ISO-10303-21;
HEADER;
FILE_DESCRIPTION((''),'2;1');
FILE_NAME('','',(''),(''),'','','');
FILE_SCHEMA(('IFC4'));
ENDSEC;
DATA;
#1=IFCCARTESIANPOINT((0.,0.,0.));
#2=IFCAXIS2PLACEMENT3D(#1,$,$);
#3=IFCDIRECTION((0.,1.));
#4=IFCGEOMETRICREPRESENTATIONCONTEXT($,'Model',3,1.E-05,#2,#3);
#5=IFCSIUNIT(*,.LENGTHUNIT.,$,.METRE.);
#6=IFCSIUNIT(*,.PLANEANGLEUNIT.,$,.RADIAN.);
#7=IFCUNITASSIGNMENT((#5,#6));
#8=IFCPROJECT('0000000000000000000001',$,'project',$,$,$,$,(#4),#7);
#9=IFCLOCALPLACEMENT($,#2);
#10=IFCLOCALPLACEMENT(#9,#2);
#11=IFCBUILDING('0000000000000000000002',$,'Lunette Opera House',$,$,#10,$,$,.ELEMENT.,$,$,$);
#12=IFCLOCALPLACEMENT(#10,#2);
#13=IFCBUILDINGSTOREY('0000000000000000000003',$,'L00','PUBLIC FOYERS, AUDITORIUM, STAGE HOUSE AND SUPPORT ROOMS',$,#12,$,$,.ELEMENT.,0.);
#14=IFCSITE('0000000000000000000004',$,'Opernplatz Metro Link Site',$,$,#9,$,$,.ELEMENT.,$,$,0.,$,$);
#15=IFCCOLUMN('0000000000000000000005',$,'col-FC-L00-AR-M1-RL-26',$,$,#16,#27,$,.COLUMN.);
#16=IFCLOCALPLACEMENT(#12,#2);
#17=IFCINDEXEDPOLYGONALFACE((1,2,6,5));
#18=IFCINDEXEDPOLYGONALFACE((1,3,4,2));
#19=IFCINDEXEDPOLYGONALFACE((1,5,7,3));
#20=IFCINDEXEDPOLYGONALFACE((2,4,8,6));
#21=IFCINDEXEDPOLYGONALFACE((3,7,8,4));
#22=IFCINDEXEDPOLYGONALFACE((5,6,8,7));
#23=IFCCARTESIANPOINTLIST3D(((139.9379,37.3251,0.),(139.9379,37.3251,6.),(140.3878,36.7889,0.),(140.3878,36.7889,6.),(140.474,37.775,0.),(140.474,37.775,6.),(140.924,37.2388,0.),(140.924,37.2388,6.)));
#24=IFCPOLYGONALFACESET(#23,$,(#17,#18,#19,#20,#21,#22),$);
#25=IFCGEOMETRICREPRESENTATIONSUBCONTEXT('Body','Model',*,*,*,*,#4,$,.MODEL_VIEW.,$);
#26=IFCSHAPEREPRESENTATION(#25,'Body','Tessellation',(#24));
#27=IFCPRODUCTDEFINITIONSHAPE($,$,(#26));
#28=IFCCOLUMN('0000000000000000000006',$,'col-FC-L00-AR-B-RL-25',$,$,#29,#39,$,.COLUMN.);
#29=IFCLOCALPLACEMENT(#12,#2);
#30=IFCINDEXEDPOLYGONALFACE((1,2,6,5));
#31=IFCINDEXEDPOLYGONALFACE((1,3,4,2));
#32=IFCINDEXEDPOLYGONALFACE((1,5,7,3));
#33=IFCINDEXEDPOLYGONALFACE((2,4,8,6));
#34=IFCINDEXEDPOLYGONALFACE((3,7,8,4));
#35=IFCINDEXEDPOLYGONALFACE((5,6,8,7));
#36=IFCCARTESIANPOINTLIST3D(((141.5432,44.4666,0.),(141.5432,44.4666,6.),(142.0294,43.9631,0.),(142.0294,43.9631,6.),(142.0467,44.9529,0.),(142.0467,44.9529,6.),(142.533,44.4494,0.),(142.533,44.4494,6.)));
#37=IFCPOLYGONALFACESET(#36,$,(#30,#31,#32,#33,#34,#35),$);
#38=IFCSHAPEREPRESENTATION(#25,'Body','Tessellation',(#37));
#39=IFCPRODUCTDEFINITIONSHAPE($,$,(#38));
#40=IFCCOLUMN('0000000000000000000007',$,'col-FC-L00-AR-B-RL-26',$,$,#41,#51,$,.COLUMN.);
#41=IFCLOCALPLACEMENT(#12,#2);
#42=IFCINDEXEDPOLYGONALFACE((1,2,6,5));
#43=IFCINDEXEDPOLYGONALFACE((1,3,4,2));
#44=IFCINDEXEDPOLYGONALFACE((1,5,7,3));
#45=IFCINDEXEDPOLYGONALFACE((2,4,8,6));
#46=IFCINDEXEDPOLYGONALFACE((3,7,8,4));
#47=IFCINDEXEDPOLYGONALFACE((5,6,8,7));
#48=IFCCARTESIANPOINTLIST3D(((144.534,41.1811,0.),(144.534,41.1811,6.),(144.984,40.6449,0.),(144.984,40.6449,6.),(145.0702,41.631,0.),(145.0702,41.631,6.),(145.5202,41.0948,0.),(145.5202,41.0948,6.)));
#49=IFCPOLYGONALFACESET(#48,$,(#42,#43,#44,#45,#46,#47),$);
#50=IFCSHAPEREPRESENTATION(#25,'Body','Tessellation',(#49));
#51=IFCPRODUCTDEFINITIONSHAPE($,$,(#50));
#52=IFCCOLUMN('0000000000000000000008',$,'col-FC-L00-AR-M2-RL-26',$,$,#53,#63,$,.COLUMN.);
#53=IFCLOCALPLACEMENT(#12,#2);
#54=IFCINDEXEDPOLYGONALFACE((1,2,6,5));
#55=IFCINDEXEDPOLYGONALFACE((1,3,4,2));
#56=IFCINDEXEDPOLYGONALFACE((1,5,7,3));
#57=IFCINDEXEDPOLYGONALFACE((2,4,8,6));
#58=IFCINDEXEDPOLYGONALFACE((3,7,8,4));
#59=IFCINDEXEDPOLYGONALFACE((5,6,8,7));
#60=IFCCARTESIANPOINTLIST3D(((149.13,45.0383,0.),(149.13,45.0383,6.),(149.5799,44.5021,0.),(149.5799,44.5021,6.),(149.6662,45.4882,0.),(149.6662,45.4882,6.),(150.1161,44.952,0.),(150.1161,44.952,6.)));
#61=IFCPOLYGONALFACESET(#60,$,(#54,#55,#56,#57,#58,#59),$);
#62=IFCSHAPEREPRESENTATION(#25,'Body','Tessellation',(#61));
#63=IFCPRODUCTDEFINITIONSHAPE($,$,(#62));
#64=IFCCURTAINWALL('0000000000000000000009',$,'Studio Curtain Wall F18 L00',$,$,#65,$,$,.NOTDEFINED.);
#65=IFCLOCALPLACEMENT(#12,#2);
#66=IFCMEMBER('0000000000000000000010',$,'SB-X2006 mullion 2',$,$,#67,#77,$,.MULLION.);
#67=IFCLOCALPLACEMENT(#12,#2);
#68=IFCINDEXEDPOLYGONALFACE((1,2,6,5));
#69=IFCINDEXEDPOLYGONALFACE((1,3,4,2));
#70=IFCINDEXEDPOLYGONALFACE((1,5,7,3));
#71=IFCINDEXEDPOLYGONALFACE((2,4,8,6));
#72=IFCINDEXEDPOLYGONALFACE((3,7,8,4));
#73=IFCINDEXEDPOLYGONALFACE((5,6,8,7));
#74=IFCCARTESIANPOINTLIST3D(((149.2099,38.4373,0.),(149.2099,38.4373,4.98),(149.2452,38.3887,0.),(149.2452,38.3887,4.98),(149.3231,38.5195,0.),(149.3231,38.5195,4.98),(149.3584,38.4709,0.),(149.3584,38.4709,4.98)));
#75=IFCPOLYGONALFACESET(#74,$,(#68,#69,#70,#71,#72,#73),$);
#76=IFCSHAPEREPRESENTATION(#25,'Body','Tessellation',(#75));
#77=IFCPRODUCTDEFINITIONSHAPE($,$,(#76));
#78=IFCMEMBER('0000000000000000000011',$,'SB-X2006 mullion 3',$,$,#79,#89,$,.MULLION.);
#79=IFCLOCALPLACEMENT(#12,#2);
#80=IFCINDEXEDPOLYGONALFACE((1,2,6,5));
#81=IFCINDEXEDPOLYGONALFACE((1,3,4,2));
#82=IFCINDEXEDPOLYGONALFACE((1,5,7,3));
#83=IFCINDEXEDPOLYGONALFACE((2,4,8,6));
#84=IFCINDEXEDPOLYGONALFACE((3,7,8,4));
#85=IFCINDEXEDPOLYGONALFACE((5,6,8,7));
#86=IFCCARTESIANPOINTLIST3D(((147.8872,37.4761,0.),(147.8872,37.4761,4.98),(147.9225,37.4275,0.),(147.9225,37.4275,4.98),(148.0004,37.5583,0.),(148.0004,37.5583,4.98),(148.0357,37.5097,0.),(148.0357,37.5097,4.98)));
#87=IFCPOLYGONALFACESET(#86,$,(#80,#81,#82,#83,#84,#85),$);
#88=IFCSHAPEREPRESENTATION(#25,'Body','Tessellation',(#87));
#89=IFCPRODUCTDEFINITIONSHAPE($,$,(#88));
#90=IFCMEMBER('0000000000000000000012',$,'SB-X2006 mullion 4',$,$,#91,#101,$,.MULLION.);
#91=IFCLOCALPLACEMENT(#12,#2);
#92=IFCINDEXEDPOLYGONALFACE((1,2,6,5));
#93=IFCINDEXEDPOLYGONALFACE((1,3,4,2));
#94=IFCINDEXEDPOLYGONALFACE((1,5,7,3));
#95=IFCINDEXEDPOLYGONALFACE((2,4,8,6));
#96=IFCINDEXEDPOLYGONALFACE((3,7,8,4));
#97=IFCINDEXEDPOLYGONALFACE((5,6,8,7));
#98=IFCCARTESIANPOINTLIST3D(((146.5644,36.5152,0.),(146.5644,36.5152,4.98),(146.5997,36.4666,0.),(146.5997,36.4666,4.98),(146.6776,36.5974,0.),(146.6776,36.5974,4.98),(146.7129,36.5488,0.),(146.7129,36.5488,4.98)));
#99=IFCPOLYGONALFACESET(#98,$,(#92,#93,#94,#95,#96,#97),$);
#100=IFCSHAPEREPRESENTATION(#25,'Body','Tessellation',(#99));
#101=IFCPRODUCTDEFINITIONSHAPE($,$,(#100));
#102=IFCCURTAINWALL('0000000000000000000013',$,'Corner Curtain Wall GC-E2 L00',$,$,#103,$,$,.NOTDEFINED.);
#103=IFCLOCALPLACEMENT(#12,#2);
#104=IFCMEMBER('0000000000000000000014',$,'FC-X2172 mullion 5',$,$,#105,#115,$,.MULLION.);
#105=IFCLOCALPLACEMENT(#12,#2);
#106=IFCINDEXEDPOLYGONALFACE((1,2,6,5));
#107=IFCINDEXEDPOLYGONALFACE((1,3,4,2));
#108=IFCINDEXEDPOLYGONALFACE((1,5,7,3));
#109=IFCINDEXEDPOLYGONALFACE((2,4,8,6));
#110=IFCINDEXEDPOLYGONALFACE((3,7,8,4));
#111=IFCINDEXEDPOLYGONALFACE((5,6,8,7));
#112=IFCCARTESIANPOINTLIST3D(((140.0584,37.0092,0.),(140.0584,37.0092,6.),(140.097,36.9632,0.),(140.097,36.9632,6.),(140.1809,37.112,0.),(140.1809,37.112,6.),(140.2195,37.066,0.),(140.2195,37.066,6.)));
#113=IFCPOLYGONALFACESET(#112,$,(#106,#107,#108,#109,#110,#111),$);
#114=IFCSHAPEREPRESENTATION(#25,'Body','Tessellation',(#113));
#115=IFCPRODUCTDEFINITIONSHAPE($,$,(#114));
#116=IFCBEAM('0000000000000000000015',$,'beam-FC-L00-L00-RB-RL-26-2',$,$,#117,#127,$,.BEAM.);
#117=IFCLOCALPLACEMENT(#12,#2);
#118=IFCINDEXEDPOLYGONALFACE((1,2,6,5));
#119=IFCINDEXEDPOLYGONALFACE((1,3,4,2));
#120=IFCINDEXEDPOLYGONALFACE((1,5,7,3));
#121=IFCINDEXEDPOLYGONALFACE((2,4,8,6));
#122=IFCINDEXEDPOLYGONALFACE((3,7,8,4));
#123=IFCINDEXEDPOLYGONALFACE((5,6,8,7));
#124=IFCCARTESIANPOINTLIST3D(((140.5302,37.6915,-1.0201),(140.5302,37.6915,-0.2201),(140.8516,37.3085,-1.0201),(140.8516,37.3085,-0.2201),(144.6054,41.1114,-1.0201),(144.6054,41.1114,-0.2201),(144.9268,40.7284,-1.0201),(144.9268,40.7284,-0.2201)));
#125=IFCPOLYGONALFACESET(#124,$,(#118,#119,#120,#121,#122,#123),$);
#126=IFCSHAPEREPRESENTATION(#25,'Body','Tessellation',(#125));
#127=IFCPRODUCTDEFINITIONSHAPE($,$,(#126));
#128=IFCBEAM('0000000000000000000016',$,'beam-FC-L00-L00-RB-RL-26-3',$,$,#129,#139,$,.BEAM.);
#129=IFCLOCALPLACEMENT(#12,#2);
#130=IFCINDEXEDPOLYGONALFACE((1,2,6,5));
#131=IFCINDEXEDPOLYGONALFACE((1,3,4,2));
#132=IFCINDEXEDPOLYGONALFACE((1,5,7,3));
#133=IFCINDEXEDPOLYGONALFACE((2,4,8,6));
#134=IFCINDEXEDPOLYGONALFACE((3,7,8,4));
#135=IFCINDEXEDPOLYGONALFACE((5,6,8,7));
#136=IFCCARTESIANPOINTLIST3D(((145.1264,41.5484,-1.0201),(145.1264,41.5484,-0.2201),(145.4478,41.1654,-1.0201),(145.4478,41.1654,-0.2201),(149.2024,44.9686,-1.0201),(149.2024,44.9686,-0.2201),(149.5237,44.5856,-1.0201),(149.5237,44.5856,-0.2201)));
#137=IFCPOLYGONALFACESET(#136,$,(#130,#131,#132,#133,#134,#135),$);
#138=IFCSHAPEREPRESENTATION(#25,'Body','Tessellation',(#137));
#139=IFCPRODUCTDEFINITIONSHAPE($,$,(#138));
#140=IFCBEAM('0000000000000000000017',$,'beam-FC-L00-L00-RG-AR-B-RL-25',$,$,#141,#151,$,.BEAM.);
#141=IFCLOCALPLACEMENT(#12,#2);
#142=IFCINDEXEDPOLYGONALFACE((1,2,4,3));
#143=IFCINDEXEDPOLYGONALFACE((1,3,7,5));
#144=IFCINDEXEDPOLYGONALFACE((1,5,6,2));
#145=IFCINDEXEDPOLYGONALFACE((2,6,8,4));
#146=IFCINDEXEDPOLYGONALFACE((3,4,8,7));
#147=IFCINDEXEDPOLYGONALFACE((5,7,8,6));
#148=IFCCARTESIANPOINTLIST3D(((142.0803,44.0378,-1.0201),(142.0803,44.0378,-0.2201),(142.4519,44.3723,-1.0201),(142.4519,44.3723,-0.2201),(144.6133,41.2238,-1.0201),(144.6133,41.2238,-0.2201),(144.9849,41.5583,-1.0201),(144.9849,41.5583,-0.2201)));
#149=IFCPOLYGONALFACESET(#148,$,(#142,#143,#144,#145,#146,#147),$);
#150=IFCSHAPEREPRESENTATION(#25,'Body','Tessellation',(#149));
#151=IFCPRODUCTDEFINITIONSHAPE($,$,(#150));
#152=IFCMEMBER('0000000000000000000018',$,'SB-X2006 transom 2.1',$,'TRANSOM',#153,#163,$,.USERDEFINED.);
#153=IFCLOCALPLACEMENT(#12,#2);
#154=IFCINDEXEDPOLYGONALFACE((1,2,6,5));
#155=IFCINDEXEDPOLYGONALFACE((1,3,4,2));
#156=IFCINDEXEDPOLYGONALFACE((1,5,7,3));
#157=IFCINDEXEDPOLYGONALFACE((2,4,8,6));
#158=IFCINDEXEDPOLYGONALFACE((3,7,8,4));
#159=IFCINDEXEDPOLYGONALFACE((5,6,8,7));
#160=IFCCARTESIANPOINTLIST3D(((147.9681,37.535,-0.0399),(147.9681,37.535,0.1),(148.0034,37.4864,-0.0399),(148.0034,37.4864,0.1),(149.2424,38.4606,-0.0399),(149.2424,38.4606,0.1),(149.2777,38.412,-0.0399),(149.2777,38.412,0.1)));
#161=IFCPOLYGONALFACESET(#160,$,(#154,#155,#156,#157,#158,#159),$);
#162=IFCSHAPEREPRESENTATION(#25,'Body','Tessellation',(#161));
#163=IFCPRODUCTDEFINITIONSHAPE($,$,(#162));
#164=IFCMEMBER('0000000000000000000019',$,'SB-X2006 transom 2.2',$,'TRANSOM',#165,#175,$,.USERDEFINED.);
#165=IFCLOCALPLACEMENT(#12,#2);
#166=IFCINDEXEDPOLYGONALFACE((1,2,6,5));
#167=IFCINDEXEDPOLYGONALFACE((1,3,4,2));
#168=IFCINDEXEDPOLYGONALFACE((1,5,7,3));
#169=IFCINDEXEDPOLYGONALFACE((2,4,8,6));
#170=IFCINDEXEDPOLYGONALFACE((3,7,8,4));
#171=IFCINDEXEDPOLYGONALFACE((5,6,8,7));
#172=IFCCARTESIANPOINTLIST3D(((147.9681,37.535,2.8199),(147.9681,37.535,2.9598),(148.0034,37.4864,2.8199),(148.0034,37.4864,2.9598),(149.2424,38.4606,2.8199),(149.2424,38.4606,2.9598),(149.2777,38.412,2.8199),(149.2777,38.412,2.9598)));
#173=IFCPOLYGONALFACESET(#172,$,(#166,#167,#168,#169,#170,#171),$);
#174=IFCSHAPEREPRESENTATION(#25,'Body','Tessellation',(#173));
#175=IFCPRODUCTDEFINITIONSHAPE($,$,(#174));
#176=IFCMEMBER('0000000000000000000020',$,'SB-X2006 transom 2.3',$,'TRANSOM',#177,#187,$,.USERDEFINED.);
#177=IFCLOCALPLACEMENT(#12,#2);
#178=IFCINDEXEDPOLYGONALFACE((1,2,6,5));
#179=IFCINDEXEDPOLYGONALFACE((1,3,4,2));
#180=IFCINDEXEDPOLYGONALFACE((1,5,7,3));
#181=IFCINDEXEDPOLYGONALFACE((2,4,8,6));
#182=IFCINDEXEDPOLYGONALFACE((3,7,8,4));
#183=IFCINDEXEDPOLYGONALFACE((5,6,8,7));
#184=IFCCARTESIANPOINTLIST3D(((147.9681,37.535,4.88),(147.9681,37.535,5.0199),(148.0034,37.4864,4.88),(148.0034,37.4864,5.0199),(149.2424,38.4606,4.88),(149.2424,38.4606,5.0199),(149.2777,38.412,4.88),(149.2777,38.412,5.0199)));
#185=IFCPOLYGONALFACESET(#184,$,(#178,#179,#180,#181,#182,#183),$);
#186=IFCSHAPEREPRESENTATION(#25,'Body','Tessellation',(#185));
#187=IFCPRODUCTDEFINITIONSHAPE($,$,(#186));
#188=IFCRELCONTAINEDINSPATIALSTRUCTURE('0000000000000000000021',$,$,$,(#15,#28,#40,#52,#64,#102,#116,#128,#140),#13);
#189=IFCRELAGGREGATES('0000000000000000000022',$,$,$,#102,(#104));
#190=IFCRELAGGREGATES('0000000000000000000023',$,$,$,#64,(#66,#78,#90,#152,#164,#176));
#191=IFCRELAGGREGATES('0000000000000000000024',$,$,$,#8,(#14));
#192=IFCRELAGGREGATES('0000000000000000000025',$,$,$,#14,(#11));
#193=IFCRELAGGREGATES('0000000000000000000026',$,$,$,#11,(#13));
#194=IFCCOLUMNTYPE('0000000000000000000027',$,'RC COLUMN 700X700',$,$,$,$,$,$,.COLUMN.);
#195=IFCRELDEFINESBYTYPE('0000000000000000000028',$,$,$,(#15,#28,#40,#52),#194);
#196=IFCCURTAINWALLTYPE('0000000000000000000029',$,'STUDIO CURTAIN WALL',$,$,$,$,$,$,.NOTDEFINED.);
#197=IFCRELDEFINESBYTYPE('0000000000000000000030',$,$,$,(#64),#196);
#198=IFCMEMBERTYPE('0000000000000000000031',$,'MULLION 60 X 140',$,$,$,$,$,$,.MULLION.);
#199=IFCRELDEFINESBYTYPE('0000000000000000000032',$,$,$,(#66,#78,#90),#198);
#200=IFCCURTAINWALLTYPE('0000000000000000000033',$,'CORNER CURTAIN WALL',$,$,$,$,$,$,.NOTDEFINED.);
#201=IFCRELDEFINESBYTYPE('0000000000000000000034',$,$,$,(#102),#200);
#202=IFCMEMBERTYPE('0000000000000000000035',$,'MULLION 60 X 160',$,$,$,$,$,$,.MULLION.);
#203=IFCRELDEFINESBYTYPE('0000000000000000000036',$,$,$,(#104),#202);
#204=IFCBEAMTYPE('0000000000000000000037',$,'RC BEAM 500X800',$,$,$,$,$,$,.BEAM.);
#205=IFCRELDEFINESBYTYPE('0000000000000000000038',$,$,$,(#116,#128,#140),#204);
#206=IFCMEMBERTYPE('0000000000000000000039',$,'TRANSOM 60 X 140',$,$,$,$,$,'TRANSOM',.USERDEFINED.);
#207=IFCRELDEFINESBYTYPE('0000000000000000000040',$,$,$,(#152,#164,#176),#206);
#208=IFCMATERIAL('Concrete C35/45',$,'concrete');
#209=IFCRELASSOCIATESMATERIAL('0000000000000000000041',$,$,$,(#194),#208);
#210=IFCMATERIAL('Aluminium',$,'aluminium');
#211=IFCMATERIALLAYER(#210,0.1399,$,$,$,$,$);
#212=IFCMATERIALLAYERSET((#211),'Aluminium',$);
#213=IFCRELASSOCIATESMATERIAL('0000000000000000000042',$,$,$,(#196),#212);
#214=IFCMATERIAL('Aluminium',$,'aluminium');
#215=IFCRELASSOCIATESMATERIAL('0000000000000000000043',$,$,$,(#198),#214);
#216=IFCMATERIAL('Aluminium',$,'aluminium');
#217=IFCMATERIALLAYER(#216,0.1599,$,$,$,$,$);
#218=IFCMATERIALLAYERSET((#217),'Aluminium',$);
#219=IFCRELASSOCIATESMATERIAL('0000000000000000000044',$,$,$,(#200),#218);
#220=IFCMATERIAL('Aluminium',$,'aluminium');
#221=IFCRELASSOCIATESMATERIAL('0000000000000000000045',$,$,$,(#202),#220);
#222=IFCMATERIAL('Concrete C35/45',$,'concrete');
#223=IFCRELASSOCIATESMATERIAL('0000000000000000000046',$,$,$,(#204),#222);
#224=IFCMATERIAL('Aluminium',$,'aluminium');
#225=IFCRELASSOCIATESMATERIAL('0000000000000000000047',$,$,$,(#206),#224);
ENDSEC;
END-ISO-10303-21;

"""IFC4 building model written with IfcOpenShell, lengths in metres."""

from ifc_helpers import new_model, si_unit, direction, frame, origin, origin_2d, place, context, subcontext, project, spatial, rectangle, extrude, material, layer, layer_set, material_profile, profile_set, type_object, element, aggregate, save


model = new_model("IFC4")

# Units and contexts
model_context = context("Model", 3, precision=1e-05, world=origin(), true_north=direction((0.0, 1.0)))
body_context = subcontext(model_context, "Body", "Model", "MODEL_VIEW")
ifc_project = project(units=[si_unit("LENGTHUNIT", "METRE"), si_unit("PLANEANGLEUNIT", "RADIAN")], contexts=[model_context])

# Site, building, storey
site_placement = place(None, origin())
site = spatial("IfcSite", under=ifc_project, at=site_placement, Name="Opernplatz Metro Link Site", CompositionType="ELEMENT", RefElevation=0.0)
building_placement = place(site_placement, origin())
building = spatial("IfcBuilding", under=site, at=building_placement, Name="Lunette Opera House", CompositionType="ELEMENT")
storey_placement = place(building_placement, origin())
storey = spatial("IfcBuildingStorey", under=building, at=storey_placement, Name="L00", Description="PUBLIC FOYERS, AUDITORIUM, STAGE HOUSE AND SUPPORT ROOMS", CompositionType="ELEMENT", Elevation=0.0)

# Columns
ifc_material_1 = material(Name="Concrete C35/45", Category="concrete")
ifc_material_profile_1 = material_profile(ifc_material_1, rectangle(XDim=0.7, YDim=0.7, at=origin_2d()), Name="RC COLUMN 700X700")
ifc_profile_set_1 = profile_set([ifc_material_profile_1], Name="Concrete C35/45")
column_type = type_object("IfcColumnType", Name="RC COLUMN 700X700", PredefinedType="COLUMN", material=ifc_profile_set_1)
for number, where, z_axis, x_axis, name in (
    (1, (140.4309, 37.282, 0.0), (0.0, 0.0, 1.0), (0.642788, -0.766044, 0.0), "col-FC-L00-AR-M1-RL-26"),
    (2, (142.0381, 44.458, 0.0), (0.0, 0.0, 1.0), (0.694658, -0.71934, 0.0), "col-FC-L00-AR-B-RL-25"),
    (3, (145.0271, 41.1379, 0.0), (0.0, 0.0, 1.0), (0.642788, -0.766044, 0.0), "col-FC-L00-AR-B-RL-26"),
    (4, (149.623, 44.9951, 0.0), (0.0, 0.0, 1.0), (0.642788, -0.766044, 0.0), "col-FC-L00-AR-M2-RL-26"),
):
    element("IfcColumn", number, at=place(storey_placement, frame(where, z_axis=z_axis, x_axis=x_axis)), inside=storey, type_object=column_type, Name=name, PredefinedType="COLUMN", context=body_context, shape_type="SweptSolid", body=[
        extrude(rectangle(XDim=0.7, YDim=0.7, at=origin_2d()), origin(), (0.0, 0.0, 1.0), 6.0),
    ])

# Curtain wall, members
ifc_material_2 = material(Name="Aluminium", Category="aluminium")
ifc_layer_1 = layer(ifc_material_2, 0.1399)
ifc_layer_set_1 = layer_set([ifc_layer_1], Name="Aluminium")
curtain_wall_type_1 = type_object("IfcCurtainWallType", Name="STUDIO CURTAIN WALL", PredefinedType="NOTDEFINED", material=ifc_layer_set_1)
curtain_wall_1_placement = place(storey_placement, origin())
curtain_wall_1 = element("IfcCurtainWall", 5, at=curtain_wall_1_placement, inside=storey, type_object=curtain_wall_type_1, Name="Studio Curtain Wall F18 L00", PredefinedType="NOTDEFINED")
ifc_material_3 = material(Name="Aluminium", Category="aluminium")
ifc_material_profile_2 = material_profile(ifc_material_3, rectangle(XDim=0.0601, YDim=0.1399, at=origin_2d()), Name="MULLION 60 X 140")
ifc_profile_set_2 = profile_set([ifc_material_profile_2], Name="Aluminium")
member_type_1 = type_object("IfcMemberType", Name="MULLION 60 X 140", PredefinedType="MULLION", material=ifc_profile_set_2)
member_1_placement = place(storey_placement, frame((149.2842, 38.4541, 0.0), z_axis=(0.0, 0.0, 1.0), x_axis=(0.587772, -0.809027, 0.0)))
member_1 = element("IfcMember", 6, at=member_1_placement, type_object=member_type_1, Name="SB-X2006 mullion 2", PredefinedType="MULLION", context=body_context, shape_type="SweptSolid", body=[
    extrude(rectangle(XDim=0.0601, YDim=0.1399, at=origin_2d()), origin(), (0.0, 0.0, 1.0), 4.98),
])
member_2_placement = place(storey_placement, frame((147.9614, 37.4929, 0.0), z_axis=(0.0, 0.0, 1.0), x_axis=(0.587772, -0.809027, 0.0)))
member_2 = element("IfcMember", 7, at=member_2_placement, type_object=member_type_1, Name="SB-X2006 mullion 3", PredefinedType="MULLION", context=body_context, shape_type="SweptSolid", body=[
    extrude(rectangle(XDim=0.0601, YDim=0.1399, at=origin_2d()), origin(), (0.0, 0.0, 1.0), 4.98),
])
member_3_placement = place(storey_placement, frame((146.6387, 36.532, 0.0), z_axis=(0.0, 0.0, 1.0), x_axis=(0.587772, -0.809027, 0.0)))
member_3 = element("IfcMember", 8, at=member_3_placement, type_object=member_type_1, Name="SB-X2006 mullion 4", PredefinedType="MULLION", context=body_context, shape_type="SweptSolid", body=[
    extrude(rectangle(XDim=0.0601, YDim=0.1399, at=origin_2d()), origin(), (0.0, 0.0, 1.0), 4.98),
])

# Curtain wall, member
ifc_material_4 = material(Name="Aluminium", Category="aluminium")
ifc_layer_2 = layer(ifc_material_4, 0.1599)
ifc_layer_set_2 = layer_set([ifc_layer_2], Name="Aluminium")
curtain_wall_type_2 = type_object("IfcCurtainWallType", Name="CORNER CURTAIN WALL", PredefinedType="NOTDEFINED", material=ifc_layer_set_2)
curtain_wall_2_placement = place(storey_placement, origin())
curtain_wall_2 = element("IfcCurtainWall", 9, at=curtain_wall_2_placement, inside=storey, type_object=curtain_wall_type_2, Name="Corner Curtain Wall GC-E2 L00", PredefinedType="NOTDEFINED")
ifc_material_5 = material(Name="Aluminium", Category="aluminium")
ifc_material_profile_3 = material_profile(ifc_material_5, rectangle(XDim=0.0601, YDim=0.1599, at=origin_2d()), Name="MULLION 60 X 160")
ifc_profile_set_3 = profile_set([ifc_material_profile_3], Name="Aluminium")
member_type_2 = type_object("IfcMemberType", Name="MULLION 60 X 160", PredefinedType="MULLION", material=ifc_profile_set_3)
member_4_placement = place(storey_placement, frame((140.1389, 37.0376, 0.0), z_axis=(0.0, 0.0, 1.0), x_axis=(-0.642828, 0.76601, 0.0)))
member_4 = element("IfcMember", 10, at=member_4_placement, type_object=member_type_2, Name="FC-X2172 mullion 5", PredefinedType="MULLION", context=body_context, shape_type="SweptSolid", body=[
    extrude(rectangle(XDim=0.0601, YDim=0.1599, at=origin_2d()), origin(), (0.0, 0.0, 1.0), 6.0),
])

# Beams
ifc_material_6 = material(Name="Concrete C35/45", Category="concrete")
ifc_material_profile_4 = material_profile(ifc_material_6, rectangle(XDim=0.5, YDim=0.8, at=origin_2d()), Name="RC BEAM 500X800")
ifc_profile_set_4 = profile_set([ifc_material_profile_4], Name="Concrete C35/45")
beam_type = type_object("IfcBeamType", Name="RC BEAM 500X800", PredefinedType="BEAM", material=ifc_profile_set_4)
beam_1_placement = place(storey_placement, frame((140.6909, 37.5, -0.6201), z_axis=(0.766005, 0.642835, 0.0), x_axis=(-0.642835, 0.766005, 0.0)))
element("IfcBeam", 11, at=beam_1_placement, inside=storey, type_object=beam_type, Name="beam-FC-L00-L00-RB-RL-26-2", PredefinedType="BEAM", context=body_context, shape_type="SweptSolid", body=[
    extrude(rectangle(XDim=0.5, YDim=0.8, at=origin_2d()), origin(), (0.0, 0.0, 1.0), 5.3201),
])
beam_2_placement = place(storey_placement, frame((145.2871, 41.3569, -0.6201), z_axis=(0.766039, 0.642794, 0.0), x_axis=(-0.642794, 0.766039, 0.0)))
element("IfcBeam", 12, at=beam_2_placement, inside=storey, type_object=beam_type, Name="beam-FC-L00-L00-RB-RL-26-3", PredefinedType="BEAM", context=body_context, shape_type="SweptSolid", body=[
    extrude(rectangle(XDim=0.5, YDim=0.8, at=origin_2d()), origin(), (0.0, 0.0, 1.0), 5.3208),
])
beam_3_placement = place(storey_placement, frame((142.2661, 44.2051, -0.6201), z_axis=(0.669022, -0.743243, 0.0), x_axis=(0.743243, 0.669022, 0.0)))
element("IfcBeam", 13, at=beam_3_placement, inside=storey, type_object=beam_type, Name="beam-FC-L00-L00-RG-AR-B-RL-25", PredefinedType="BEAM", context=body_context, shape_type="SweptSolid", body=[
    extrude(rectangle(XDim=0.5, YDim=0.8, at=origin_2d()), origin(), (0.0, 0.0, 1.0), 3.7861),
])

# Members
ifc_material_7 = material(Name="Aluminium", Category="aluminium")
ifc_material_profile_5 = material_profile(ifc_material_7, rectangle(XDim=0.0601, YDim=0.1399, at=origin_2d()), Name="TRANSOM 60 X 140")
ifc_profile_set_5 = profile_set([ifc_material_profile_5], Name="Aluminium")
member_type_3 = type_object("IfcMemberType", Name="TRANSOM 60 X 140", ElementType="TRANSOM", PredefinedType="USERDEFINED", material=ifc_profile_set_5)
member_5_placement = place(storey_placement, frame((149.26, 38.4363, 0.03), z_axis=(-0.809078, -0.587701, 0.0), x_axis=(0.587701, -0.809078, 0.0)))
member_5 = element("IfcMember", 14, at=member_5_placement, type_object=member_type_3, Name="SB-X2006 transom 2.1", ObjectType="TRANSOM", PredefinedType="USERDEFINED", context=body_context, shape_type="SweptSolid", body=[
    extrude(rectangle(XDim=0.0601, YDim=0.1399, at=origin_2d()), origin(), (0.0, 0.0, 1.0), 1.575),
])
member_6_placement = place(storey_placement, frame((149.26, 38.4363, 2.8899), z_axis=(-0.809078, -0.587701, 0.0), x_axis=(0.587701, -0.809078, 0.0)))
member_6 = element("IfcMember", 15, at=member_6_placement, type_object=member_type_3, Name="SB-X2006 transom 2.2", ObjectType="TRANSOM", PredefinedType="USERDEFINED", context=body_context, shape_type="SweptSolid", body=[
    extrude(rectangle(XDim=0.0601, YDim=0.1399, at=origin_2d()), origin(), (0.0, 0.0, 1.0), 1.575),
])
member_7_placement = place(storey_placement, frame((149.26, 38.4363, 4.95), z_axis=(-0.809078, -0.587701, 0.0), x_axis=(0.587701, -0.809078, 0.0)))
member_7 = element("IfcMember", 16, at=member_7_placement, type_object=member_type_3, Name="SB-X2006 transom 2.3", ObjectType="TRANSOM", PredefinedType="USERDEFINED", context=body_context, shape_type="SweptSolid", body=[
    extrude(rectangle(XDim=0.0601, YDim=0.1399, at=origin_2d()), origin(), (0.0, 0.0, 1.0), 1.575),
])

aggregate(curtain_wall_2, [member_4])
aggregate(curtain_wall_1, [member_1, member_2, member_3, member_5, member_6, member_7])

save(model, "model.ifc")
